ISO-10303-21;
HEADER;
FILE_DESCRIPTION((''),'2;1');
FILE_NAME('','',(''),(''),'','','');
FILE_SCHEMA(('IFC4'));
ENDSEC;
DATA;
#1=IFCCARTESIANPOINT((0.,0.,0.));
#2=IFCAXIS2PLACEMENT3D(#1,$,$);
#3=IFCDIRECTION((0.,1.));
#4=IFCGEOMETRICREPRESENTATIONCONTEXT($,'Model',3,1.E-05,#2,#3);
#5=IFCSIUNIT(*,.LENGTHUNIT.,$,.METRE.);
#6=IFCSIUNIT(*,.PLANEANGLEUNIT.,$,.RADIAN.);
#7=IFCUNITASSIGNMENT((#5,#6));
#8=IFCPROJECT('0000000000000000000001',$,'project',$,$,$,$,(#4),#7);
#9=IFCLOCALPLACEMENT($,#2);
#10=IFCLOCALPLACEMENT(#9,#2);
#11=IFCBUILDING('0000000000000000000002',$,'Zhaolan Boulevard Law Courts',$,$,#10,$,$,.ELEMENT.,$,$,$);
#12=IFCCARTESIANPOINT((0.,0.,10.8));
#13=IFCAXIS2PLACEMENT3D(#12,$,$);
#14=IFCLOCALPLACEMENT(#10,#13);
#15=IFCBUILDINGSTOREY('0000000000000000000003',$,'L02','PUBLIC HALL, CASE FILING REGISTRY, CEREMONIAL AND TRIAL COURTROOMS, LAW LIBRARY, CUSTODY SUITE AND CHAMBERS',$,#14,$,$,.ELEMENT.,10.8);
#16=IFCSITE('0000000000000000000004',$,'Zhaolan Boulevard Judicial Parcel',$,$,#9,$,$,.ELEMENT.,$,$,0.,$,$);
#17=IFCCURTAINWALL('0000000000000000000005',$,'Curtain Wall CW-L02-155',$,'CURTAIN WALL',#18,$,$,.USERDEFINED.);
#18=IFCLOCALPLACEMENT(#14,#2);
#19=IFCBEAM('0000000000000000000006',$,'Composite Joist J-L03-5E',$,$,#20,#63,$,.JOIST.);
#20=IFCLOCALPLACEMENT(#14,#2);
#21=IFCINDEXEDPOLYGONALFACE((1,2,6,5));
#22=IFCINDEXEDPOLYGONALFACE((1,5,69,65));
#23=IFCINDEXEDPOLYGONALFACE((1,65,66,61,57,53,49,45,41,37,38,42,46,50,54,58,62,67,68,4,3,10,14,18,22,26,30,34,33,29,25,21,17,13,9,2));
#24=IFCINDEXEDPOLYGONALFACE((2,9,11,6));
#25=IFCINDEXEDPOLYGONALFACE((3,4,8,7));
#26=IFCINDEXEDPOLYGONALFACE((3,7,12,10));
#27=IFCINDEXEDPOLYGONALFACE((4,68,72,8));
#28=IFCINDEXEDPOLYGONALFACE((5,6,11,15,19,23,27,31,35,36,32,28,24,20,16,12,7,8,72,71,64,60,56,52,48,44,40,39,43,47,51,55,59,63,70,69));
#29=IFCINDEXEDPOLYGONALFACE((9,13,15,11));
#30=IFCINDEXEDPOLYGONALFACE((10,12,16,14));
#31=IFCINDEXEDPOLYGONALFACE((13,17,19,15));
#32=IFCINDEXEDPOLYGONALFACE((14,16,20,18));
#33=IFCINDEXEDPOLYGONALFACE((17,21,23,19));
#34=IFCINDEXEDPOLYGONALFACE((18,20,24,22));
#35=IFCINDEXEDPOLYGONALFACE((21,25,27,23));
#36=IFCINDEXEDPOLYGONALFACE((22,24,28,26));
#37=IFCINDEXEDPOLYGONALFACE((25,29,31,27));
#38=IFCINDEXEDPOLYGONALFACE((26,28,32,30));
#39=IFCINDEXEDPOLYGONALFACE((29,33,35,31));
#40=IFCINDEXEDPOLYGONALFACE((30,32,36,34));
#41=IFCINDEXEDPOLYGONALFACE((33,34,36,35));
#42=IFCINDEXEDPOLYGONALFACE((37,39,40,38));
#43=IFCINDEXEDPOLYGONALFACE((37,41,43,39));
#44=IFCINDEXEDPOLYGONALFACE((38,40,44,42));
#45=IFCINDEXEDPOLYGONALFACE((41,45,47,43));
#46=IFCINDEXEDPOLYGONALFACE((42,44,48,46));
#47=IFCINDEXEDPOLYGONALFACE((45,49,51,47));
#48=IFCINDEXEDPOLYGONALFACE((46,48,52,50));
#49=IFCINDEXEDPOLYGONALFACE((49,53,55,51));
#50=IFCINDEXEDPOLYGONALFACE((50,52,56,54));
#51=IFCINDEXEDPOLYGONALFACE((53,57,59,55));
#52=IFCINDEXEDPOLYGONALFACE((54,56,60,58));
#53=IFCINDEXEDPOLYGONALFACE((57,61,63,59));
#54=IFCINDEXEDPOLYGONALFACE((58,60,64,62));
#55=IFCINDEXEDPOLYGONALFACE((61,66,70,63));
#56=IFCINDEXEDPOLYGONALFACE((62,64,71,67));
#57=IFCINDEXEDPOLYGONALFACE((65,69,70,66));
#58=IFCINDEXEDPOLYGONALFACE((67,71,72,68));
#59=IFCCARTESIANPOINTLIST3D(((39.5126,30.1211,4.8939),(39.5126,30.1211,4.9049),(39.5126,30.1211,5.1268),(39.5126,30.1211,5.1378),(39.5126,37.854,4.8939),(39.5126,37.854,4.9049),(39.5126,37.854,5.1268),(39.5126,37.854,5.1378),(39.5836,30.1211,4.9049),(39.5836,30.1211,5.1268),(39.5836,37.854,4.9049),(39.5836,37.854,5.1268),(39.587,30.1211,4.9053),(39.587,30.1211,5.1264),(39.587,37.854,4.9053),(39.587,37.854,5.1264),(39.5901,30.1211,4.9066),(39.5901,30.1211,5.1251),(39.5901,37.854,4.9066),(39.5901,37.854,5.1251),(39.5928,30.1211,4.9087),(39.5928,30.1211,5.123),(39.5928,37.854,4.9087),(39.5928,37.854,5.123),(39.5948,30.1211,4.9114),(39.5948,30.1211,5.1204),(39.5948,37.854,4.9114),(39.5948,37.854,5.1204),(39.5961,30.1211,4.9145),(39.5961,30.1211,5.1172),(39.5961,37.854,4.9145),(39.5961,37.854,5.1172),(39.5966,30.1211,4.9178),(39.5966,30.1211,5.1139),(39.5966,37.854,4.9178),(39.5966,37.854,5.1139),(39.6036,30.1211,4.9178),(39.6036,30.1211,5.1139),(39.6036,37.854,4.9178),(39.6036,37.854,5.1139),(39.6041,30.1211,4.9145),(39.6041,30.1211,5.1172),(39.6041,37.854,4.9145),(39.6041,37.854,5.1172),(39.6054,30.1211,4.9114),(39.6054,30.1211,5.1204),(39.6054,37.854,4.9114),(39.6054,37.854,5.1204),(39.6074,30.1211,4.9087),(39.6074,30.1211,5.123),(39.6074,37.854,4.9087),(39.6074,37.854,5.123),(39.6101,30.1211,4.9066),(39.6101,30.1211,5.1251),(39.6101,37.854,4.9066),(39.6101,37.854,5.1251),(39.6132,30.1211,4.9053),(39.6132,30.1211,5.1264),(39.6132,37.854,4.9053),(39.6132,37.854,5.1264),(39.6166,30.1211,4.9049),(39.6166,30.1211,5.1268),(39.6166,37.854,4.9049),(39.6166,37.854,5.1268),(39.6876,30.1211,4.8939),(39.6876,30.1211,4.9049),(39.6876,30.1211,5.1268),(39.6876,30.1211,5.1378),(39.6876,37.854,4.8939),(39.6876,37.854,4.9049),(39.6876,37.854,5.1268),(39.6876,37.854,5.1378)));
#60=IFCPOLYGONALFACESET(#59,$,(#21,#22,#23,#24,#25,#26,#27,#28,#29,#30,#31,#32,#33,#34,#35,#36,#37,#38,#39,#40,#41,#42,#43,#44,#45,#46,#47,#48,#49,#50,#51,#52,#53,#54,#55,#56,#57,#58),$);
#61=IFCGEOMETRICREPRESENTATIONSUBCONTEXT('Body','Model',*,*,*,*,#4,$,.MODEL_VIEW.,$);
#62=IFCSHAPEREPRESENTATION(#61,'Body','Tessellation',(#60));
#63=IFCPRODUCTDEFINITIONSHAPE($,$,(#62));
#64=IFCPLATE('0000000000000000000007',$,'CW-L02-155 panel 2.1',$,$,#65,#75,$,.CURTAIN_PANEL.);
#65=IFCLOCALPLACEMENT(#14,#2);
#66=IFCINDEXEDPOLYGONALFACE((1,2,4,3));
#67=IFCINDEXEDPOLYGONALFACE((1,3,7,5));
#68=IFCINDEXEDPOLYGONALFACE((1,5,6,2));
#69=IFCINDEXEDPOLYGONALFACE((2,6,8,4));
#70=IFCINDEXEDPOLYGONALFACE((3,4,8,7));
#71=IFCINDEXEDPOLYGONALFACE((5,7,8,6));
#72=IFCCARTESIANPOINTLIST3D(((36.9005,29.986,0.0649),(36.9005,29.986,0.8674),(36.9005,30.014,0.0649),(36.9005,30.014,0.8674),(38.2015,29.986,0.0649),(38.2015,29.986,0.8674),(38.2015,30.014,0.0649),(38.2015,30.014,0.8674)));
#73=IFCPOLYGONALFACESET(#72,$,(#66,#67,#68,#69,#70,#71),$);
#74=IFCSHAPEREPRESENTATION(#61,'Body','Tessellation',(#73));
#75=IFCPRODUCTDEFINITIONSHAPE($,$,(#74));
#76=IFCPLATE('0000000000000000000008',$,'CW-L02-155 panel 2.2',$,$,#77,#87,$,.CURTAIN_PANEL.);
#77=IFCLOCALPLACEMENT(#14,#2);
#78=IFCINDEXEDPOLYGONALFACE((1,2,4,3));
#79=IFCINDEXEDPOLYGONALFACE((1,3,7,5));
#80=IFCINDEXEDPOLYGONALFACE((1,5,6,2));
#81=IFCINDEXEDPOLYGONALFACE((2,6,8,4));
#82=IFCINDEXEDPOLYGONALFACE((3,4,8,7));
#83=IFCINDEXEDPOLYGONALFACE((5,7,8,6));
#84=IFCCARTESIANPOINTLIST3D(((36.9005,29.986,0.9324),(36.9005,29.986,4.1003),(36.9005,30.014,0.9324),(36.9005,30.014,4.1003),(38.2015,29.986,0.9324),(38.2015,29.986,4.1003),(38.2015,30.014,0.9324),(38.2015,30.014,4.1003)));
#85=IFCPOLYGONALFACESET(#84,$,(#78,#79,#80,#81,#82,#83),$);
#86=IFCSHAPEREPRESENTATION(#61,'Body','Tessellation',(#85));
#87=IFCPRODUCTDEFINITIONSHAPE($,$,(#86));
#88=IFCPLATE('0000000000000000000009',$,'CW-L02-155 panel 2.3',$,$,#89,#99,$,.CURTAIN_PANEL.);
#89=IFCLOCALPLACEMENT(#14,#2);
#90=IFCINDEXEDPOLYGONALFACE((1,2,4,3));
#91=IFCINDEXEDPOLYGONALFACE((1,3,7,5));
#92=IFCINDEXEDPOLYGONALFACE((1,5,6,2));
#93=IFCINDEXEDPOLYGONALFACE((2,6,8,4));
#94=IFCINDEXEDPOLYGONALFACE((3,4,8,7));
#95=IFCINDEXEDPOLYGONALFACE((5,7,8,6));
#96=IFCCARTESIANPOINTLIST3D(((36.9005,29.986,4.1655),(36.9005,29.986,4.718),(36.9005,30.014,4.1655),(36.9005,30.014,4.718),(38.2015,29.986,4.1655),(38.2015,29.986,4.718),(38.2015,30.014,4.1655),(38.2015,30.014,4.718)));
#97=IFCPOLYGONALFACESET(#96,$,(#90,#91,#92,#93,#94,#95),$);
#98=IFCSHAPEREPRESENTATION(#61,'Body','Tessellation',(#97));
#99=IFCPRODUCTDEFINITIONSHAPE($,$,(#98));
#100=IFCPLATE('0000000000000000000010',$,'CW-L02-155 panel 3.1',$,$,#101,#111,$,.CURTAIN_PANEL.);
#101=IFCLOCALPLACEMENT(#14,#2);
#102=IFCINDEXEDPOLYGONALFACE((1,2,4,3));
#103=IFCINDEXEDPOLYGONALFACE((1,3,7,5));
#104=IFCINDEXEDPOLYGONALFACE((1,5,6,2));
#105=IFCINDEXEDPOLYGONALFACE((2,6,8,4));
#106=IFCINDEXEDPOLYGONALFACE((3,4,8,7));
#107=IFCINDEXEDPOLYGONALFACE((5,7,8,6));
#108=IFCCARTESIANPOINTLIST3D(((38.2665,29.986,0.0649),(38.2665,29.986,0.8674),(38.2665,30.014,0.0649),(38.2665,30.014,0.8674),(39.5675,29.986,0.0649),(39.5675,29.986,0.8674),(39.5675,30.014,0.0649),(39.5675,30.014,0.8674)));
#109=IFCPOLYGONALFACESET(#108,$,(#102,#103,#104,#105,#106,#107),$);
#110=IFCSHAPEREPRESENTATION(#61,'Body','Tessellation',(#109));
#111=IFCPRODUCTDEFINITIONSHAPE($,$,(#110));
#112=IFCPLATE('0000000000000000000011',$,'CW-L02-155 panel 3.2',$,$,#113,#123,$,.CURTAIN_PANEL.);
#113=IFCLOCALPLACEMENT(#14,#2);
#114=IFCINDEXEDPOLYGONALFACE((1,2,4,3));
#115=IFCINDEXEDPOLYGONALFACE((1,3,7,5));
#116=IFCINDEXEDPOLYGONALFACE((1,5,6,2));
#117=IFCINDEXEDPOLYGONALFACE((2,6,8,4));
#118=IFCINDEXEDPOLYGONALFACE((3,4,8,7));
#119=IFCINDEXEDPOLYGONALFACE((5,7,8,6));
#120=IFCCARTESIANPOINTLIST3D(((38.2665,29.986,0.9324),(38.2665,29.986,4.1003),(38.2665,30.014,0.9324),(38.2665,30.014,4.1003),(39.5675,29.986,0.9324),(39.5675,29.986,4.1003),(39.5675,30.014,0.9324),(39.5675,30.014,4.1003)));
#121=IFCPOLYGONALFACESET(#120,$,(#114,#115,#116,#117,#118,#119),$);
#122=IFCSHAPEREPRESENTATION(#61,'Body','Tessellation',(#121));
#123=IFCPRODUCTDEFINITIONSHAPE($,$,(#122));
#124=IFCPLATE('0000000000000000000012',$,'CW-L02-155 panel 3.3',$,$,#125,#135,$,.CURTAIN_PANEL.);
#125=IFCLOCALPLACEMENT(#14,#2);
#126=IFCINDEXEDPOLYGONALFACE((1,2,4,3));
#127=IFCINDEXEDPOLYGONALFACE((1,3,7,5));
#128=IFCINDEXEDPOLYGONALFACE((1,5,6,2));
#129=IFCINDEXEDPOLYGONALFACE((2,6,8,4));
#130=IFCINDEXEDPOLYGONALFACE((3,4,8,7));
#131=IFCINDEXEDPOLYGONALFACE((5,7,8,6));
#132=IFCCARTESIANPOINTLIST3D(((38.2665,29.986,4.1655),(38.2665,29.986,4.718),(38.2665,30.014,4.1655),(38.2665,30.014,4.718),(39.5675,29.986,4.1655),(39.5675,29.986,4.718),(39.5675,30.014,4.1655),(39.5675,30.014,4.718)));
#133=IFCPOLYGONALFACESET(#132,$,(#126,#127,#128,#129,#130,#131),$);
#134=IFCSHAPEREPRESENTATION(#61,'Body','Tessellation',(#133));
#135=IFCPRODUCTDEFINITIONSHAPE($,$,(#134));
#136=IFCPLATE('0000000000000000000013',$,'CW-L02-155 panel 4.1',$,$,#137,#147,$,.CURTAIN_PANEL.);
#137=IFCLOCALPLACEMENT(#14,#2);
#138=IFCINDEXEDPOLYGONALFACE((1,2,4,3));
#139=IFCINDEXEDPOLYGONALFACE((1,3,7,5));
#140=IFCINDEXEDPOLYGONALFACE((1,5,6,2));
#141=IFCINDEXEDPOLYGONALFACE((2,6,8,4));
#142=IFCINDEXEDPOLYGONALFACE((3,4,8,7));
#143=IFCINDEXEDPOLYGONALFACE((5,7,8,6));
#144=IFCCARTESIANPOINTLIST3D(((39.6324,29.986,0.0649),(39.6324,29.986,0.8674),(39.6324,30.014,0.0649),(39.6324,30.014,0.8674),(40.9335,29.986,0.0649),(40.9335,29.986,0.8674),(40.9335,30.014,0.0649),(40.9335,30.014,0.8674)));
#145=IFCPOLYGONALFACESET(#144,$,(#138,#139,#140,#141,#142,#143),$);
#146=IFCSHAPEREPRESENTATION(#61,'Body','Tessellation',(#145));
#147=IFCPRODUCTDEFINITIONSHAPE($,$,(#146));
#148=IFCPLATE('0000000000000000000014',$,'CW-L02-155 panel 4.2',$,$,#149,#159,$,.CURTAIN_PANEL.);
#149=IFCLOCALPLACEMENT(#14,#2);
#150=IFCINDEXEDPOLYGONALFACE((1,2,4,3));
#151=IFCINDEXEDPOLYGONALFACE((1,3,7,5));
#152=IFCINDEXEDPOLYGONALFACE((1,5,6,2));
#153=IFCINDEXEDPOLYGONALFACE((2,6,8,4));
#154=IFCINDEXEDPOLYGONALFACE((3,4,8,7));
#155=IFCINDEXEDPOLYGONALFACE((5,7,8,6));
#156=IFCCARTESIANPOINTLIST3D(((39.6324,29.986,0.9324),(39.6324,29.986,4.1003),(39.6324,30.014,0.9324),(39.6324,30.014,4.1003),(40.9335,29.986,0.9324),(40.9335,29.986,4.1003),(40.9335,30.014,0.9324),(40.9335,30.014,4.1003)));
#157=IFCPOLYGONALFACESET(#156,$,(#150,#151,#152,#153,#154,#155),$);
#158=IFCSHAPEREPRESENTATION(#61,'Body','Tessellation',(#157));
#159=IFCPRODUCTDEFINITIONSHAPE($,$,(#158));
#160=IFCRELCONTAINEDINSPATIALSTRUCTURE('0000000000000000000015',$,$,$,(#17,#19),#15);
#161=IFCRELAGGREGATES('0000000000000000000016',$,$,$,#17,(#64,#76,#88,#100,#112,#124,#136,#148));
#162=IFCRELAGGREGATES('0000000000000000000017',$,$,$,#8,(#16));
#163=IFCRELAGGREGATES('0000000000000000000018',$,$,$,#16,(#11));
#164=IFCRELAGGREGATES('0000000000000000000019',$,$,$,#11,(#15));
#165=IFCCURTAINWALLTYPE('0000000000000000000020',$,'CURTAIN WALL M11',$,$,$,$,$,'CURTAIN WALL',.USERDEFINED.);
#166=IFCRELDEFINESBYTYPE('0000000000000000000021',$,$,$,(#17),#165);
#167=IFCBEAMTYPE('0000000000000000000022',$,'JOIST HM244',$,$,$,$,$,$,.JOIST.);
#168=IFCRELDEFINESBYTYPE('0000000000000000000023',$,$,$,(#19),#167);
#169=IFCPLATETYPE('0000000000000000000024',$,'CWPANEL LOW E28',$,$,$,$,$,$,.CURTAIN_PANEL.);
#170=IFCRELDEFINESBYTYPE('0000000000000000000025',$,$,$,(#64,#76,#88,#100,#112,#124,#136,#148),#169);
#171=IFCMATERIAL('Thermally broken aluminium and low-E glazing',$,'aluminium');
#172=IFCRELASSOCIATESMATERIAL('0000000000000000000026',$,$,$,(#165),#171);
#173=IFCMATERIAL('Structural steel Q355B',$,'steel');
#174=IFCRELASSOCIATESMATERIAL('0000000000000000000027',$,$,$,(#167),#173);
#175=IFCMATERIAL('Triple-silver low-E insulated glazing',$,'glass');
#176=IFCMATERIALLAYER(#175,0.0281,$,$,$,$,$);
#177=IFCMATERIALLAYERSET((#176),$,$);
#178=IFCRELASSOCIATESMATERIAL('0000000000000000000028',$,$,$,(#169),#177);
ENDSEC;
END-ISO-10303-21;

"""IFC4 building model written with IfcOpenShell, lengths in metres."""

from ifc_helpers import new_model, si_unit, direction, frame, origin, origin_2d, place, context, subcontext, project, spatial, rectangle, i_section, extrude, material, layer, layer_set, material_profile, profile_set, type_object, element, aggregate, save


model = new_model("IFC4")

# Units and contexts
model_context = context("Model", 3, precision=1e-05, world=origin(), true_north=direction((0.0, 1.0)))
body_context = subcontext(model_context, "Body", "Model", "MODEL_VIEW")
ifc_project = project(units=[si_unit("LENGTHUNIT", "METRE"), si_unit("PLANEANGLEUNIT", "RADIAN")], contexts=[model_context])

# Site, building, storey
site_placement = place(None, origin())
site = spatial("IfcSite", under=ifc_project, at=site_placement, Name="Zhaolan Boulevard Judicial Parcel", CompositionType="ELEMENT", RefElevation=0.0)
building_placement = place(site_placement, origin())
building = spatial("IfcBuilding", under=site, at=building_placement, Name="Zhaolan Boulevard Law Courts", CompositionType="ELEMENT")
storey_placement = place(building_placement, frame((0.0, 0.0, 10.8)))
storey = spatial("IfcBuildingStorey", under=building, at=storey_placement, Name="L02", Description="PUBLIC HALL, CASE FILING REGISTRY, CEREMONIAL AND TRIAL COURTROOMS, LAW LIBRARY, CUSTODY SUITE AND CHAMBERS", CompositionType="ELEMENT", Elevation=10.8)

# Curtain wall
ifc_material_1 = material(Name="Thermally broken aluminium and low-E glazing", Category="aluminium")
curtain_wall_type = type_object("IfcCurtainWallType", Name="CURTAIN WALL M11", ElementType="CURTAIN WALL", PredefinedType="USERDEFINED", material=ifc_material_1)
curtain_wall_placement = place(storey_placement, origin())
curtain_wall = element("IfcCurtainWall", 1, at=curtain_wall_placement, inside=storey, type_object=curtain_wall_type, Name="Curtain Wall CW-L02-155", ObjectType="CURTAIN WALL", PredefinedType="USERDEFINED")

# Beam
ifc_material_2 = material(Name="Structural steel Q355B", Category="steel")
ifc_material_profile_1 = material_profile(ifc_material_2, i_section(OverallWidth=0.175, OverallDepth=0.2439, WebThickness=0.0071, FlangeThickness=0.011, FilletRadius=0.0129, at=origin_2d()), Name="HM244x175")
ifc_profile_set_1 = profile_set([ifc_material_profile_1], Name="Structural steel Q355B")
beam_type = type_object("IfcBeamType", Name="JOIST HM244", PredefinedType="JOIST", material=ifc_profile_set_1)
beam_placement = place(storey_placement, frame((39.6001, 30.1211, 5.0159), z_axis=(0.0, 1.0, 0.0), x_axis=(-1.0, 0.0, 0.0)))
element("IfcBeam", 2, at=beam_placement, inside=storey, type_object=beam_type, Name="Composite Joist J-L03-5E", PredefinedType="JOIST", context=body_context, shape_type="SweptSolid", body=[
    extrude(i_section(OverallWidth=0.175, OverallDepth=0.2439, WebThickness=0.0071, FlangeThickness=0.011, FilletRadius=0.0129, at=origin_2d()), origin(), (0.0, 0.0, 1.0), 7.7329),
])

# Plates
ifc_material_3 = material(Name="Triple-silver low-E insulated glazing", Category="glass")
ifc_layer = layer(ifc_material_3, 0.0281)
ifc_layer_set = layer_set([ifc_layer])
plate_type = type_object("IfcPlateType", Name="CWPANEL LOW E28", PredefinedType="CURTAIN_PANEL", material=ifc_layer_set)
plate_1_placement = place(storey_placement, frame((37.551, 30.0, 0.0649), z_axis=(0.0, 0.0, 1.0), x_axis=(1.0, 0.0, 0.0)))
plate_1 = element("IfcPlate", 3, at=plate_1_placement, type_object=plate_type, Name="CW-L02-155 panel 2.1", PredefinedType="CURTAIN_PANEL", context=body_context, shape_type="SweptSolid", body=[
    extrude(rectangle(XDim=1.301, YDim=0.0281, at=origin_2d()), origin(), (0.0, 0.0, 1.0), 0.8025),
])
plate_2_placement = place(storey_placement, frame((37.551, 30.0, 0.9324), z_axis=(0.0, 0.0, 1.0), x_axis=(1.0, 0.0, 0.0)))
plate_2 = element("IfcPlate", 4, at=plate_2_placement, type_object=plate_type, Name="CW-L02-155 panel 2.2", PredefinedType="CURTAIN_PANEL", context=body_context, shape_type="SweptSolid", body=[
    extrude(rectangle(XDim=1.301, YDim=0.0281, at=origin_2d()), origin(), (0.0, 0.0, 1.0), 3.168),
])
plate_3_placement = place(storey_placement, frame((37.551, 30.0, 4.1655), z_axis=(0.0, 0.0, 1.0), x_axis=(1.0, 0.0, 0.0)))
plate_3 = element("IfcPlate", 5, at=plate_3_placement, type_object=plate_type, Name="CW-L02-155 panel 2.3", PredefinedType="CURTAIN_PANEL", context=body_context, shape_type="SweptSolid", body=[
    extrude(rectangle(XDim=1.301, YDim=0.0281, at=origin_2d()), origin(), (0.0, 0.0, 1.0), 0.5525),
])
plate_4_placement = place(storey_placement, frame((38.917, 30.0, 0.0649), z_axis=(0.0, 0.0, 1.0), x_axis=(1.0, 0.0, 0.0)))
plate_4 = element("IfcPlate", 6, at=plate_4_placement, type_object=plate_type, Name="CW-L02-155 panel 3.1", PredefinedType="CURTAIN_PANEL", context=body_context, shape_type="SweptSolid", body=[
    extrude(rectangle(XDim=1.301, YDim=0.0281, at=origin_2d()), origin(), (0.0, 0.0, 1.0), 0.8025),
])
plate_5_placement = place(storey_placement, frame((38.917, 30.0, 0.9324), z_axis=(0.0, 0.0, 1.0), x_axis=(1.0, 0.0, 0.0)))
plate_5 = element("IfcPlate", 7, at=plate_5_placement, type_object=plate_type, Name="CW-L02-155 panel 3.2", PredefinedType="CURTAIN_PANEL", context=body_context, shape_type="SweptSolid", body=[
    extrude(rectangle(XDim=1.301, YDim=0.0281, at=origin_2d()), origin(), (0.0, 0.0, 1.0), 3.168),
])
plate_6_placement = place(storey_placement, frame((38.917, 30.0, 4.1655), z_axis=(0.0, 0.0, 1.0), x_axis=(1.0, 0.0, 0.0)))
plate_6 = element("IfcPlate", 8, at=plate_6_placement, type_object=plate_type, Name="CW-L02-155 panel 3.3", PredefinedType="CURTAIN_PANEL", context=body_context, shape_type="SweptSolid", body=[
    extrude(rectangle(XDim=1.301, YDim=0.0281, at=origin_2d()), origin(), (0.0, 0.0, 1.0), 0.5525),
])
plate_7_placement = place(storey_placement, frame((40.283, 30.0, 0.0649), z_axis=(0.0, 0.0, 1.0), x_axis=(1.0, 0.0, 0.0)))
plate_7 = element("IfcPlate", 9, at=plate_7_placement, type_object=plate_type, Name="CW-L02-155 panel 4.1", PredefinedType="CURTAIN_PANEL", context=body_context, shape_type="SweptSolid", body=[
    extrude(rectangle(XDim=1.301, YDim=0.0281, at=origin_2d()), origin(), (0.0, 0.0, 1.0), 0.8025),
])
plate_8_placement = place(storey_placement, frame((40.283, 30.0, 0.9324), z_axis=(0.0, 0.0, 1.0), x_axis=(1.0, 0.0, 0.0)))
plate_8 = element("IfcPlate", 10, at=plate_8_placement, type_object=plate_type, Name="CW-L02-155 panel 4.2", PredefinedType="CURTAIN_PANEL", context=body_context, shape_type="SweptSolid", body=[
    extrude(rectangle(XDim=1.301, YDim=0.0281, at=origin_2d()), origin(), (0.0, 0.0, 1.0), 3.168),
])
aggregate(curtain_wall, [plate_1, plate_2, plate_3, plate_4, plate_5, plate_6, plate_7, plate_8])

save(model, "model.ifc")
